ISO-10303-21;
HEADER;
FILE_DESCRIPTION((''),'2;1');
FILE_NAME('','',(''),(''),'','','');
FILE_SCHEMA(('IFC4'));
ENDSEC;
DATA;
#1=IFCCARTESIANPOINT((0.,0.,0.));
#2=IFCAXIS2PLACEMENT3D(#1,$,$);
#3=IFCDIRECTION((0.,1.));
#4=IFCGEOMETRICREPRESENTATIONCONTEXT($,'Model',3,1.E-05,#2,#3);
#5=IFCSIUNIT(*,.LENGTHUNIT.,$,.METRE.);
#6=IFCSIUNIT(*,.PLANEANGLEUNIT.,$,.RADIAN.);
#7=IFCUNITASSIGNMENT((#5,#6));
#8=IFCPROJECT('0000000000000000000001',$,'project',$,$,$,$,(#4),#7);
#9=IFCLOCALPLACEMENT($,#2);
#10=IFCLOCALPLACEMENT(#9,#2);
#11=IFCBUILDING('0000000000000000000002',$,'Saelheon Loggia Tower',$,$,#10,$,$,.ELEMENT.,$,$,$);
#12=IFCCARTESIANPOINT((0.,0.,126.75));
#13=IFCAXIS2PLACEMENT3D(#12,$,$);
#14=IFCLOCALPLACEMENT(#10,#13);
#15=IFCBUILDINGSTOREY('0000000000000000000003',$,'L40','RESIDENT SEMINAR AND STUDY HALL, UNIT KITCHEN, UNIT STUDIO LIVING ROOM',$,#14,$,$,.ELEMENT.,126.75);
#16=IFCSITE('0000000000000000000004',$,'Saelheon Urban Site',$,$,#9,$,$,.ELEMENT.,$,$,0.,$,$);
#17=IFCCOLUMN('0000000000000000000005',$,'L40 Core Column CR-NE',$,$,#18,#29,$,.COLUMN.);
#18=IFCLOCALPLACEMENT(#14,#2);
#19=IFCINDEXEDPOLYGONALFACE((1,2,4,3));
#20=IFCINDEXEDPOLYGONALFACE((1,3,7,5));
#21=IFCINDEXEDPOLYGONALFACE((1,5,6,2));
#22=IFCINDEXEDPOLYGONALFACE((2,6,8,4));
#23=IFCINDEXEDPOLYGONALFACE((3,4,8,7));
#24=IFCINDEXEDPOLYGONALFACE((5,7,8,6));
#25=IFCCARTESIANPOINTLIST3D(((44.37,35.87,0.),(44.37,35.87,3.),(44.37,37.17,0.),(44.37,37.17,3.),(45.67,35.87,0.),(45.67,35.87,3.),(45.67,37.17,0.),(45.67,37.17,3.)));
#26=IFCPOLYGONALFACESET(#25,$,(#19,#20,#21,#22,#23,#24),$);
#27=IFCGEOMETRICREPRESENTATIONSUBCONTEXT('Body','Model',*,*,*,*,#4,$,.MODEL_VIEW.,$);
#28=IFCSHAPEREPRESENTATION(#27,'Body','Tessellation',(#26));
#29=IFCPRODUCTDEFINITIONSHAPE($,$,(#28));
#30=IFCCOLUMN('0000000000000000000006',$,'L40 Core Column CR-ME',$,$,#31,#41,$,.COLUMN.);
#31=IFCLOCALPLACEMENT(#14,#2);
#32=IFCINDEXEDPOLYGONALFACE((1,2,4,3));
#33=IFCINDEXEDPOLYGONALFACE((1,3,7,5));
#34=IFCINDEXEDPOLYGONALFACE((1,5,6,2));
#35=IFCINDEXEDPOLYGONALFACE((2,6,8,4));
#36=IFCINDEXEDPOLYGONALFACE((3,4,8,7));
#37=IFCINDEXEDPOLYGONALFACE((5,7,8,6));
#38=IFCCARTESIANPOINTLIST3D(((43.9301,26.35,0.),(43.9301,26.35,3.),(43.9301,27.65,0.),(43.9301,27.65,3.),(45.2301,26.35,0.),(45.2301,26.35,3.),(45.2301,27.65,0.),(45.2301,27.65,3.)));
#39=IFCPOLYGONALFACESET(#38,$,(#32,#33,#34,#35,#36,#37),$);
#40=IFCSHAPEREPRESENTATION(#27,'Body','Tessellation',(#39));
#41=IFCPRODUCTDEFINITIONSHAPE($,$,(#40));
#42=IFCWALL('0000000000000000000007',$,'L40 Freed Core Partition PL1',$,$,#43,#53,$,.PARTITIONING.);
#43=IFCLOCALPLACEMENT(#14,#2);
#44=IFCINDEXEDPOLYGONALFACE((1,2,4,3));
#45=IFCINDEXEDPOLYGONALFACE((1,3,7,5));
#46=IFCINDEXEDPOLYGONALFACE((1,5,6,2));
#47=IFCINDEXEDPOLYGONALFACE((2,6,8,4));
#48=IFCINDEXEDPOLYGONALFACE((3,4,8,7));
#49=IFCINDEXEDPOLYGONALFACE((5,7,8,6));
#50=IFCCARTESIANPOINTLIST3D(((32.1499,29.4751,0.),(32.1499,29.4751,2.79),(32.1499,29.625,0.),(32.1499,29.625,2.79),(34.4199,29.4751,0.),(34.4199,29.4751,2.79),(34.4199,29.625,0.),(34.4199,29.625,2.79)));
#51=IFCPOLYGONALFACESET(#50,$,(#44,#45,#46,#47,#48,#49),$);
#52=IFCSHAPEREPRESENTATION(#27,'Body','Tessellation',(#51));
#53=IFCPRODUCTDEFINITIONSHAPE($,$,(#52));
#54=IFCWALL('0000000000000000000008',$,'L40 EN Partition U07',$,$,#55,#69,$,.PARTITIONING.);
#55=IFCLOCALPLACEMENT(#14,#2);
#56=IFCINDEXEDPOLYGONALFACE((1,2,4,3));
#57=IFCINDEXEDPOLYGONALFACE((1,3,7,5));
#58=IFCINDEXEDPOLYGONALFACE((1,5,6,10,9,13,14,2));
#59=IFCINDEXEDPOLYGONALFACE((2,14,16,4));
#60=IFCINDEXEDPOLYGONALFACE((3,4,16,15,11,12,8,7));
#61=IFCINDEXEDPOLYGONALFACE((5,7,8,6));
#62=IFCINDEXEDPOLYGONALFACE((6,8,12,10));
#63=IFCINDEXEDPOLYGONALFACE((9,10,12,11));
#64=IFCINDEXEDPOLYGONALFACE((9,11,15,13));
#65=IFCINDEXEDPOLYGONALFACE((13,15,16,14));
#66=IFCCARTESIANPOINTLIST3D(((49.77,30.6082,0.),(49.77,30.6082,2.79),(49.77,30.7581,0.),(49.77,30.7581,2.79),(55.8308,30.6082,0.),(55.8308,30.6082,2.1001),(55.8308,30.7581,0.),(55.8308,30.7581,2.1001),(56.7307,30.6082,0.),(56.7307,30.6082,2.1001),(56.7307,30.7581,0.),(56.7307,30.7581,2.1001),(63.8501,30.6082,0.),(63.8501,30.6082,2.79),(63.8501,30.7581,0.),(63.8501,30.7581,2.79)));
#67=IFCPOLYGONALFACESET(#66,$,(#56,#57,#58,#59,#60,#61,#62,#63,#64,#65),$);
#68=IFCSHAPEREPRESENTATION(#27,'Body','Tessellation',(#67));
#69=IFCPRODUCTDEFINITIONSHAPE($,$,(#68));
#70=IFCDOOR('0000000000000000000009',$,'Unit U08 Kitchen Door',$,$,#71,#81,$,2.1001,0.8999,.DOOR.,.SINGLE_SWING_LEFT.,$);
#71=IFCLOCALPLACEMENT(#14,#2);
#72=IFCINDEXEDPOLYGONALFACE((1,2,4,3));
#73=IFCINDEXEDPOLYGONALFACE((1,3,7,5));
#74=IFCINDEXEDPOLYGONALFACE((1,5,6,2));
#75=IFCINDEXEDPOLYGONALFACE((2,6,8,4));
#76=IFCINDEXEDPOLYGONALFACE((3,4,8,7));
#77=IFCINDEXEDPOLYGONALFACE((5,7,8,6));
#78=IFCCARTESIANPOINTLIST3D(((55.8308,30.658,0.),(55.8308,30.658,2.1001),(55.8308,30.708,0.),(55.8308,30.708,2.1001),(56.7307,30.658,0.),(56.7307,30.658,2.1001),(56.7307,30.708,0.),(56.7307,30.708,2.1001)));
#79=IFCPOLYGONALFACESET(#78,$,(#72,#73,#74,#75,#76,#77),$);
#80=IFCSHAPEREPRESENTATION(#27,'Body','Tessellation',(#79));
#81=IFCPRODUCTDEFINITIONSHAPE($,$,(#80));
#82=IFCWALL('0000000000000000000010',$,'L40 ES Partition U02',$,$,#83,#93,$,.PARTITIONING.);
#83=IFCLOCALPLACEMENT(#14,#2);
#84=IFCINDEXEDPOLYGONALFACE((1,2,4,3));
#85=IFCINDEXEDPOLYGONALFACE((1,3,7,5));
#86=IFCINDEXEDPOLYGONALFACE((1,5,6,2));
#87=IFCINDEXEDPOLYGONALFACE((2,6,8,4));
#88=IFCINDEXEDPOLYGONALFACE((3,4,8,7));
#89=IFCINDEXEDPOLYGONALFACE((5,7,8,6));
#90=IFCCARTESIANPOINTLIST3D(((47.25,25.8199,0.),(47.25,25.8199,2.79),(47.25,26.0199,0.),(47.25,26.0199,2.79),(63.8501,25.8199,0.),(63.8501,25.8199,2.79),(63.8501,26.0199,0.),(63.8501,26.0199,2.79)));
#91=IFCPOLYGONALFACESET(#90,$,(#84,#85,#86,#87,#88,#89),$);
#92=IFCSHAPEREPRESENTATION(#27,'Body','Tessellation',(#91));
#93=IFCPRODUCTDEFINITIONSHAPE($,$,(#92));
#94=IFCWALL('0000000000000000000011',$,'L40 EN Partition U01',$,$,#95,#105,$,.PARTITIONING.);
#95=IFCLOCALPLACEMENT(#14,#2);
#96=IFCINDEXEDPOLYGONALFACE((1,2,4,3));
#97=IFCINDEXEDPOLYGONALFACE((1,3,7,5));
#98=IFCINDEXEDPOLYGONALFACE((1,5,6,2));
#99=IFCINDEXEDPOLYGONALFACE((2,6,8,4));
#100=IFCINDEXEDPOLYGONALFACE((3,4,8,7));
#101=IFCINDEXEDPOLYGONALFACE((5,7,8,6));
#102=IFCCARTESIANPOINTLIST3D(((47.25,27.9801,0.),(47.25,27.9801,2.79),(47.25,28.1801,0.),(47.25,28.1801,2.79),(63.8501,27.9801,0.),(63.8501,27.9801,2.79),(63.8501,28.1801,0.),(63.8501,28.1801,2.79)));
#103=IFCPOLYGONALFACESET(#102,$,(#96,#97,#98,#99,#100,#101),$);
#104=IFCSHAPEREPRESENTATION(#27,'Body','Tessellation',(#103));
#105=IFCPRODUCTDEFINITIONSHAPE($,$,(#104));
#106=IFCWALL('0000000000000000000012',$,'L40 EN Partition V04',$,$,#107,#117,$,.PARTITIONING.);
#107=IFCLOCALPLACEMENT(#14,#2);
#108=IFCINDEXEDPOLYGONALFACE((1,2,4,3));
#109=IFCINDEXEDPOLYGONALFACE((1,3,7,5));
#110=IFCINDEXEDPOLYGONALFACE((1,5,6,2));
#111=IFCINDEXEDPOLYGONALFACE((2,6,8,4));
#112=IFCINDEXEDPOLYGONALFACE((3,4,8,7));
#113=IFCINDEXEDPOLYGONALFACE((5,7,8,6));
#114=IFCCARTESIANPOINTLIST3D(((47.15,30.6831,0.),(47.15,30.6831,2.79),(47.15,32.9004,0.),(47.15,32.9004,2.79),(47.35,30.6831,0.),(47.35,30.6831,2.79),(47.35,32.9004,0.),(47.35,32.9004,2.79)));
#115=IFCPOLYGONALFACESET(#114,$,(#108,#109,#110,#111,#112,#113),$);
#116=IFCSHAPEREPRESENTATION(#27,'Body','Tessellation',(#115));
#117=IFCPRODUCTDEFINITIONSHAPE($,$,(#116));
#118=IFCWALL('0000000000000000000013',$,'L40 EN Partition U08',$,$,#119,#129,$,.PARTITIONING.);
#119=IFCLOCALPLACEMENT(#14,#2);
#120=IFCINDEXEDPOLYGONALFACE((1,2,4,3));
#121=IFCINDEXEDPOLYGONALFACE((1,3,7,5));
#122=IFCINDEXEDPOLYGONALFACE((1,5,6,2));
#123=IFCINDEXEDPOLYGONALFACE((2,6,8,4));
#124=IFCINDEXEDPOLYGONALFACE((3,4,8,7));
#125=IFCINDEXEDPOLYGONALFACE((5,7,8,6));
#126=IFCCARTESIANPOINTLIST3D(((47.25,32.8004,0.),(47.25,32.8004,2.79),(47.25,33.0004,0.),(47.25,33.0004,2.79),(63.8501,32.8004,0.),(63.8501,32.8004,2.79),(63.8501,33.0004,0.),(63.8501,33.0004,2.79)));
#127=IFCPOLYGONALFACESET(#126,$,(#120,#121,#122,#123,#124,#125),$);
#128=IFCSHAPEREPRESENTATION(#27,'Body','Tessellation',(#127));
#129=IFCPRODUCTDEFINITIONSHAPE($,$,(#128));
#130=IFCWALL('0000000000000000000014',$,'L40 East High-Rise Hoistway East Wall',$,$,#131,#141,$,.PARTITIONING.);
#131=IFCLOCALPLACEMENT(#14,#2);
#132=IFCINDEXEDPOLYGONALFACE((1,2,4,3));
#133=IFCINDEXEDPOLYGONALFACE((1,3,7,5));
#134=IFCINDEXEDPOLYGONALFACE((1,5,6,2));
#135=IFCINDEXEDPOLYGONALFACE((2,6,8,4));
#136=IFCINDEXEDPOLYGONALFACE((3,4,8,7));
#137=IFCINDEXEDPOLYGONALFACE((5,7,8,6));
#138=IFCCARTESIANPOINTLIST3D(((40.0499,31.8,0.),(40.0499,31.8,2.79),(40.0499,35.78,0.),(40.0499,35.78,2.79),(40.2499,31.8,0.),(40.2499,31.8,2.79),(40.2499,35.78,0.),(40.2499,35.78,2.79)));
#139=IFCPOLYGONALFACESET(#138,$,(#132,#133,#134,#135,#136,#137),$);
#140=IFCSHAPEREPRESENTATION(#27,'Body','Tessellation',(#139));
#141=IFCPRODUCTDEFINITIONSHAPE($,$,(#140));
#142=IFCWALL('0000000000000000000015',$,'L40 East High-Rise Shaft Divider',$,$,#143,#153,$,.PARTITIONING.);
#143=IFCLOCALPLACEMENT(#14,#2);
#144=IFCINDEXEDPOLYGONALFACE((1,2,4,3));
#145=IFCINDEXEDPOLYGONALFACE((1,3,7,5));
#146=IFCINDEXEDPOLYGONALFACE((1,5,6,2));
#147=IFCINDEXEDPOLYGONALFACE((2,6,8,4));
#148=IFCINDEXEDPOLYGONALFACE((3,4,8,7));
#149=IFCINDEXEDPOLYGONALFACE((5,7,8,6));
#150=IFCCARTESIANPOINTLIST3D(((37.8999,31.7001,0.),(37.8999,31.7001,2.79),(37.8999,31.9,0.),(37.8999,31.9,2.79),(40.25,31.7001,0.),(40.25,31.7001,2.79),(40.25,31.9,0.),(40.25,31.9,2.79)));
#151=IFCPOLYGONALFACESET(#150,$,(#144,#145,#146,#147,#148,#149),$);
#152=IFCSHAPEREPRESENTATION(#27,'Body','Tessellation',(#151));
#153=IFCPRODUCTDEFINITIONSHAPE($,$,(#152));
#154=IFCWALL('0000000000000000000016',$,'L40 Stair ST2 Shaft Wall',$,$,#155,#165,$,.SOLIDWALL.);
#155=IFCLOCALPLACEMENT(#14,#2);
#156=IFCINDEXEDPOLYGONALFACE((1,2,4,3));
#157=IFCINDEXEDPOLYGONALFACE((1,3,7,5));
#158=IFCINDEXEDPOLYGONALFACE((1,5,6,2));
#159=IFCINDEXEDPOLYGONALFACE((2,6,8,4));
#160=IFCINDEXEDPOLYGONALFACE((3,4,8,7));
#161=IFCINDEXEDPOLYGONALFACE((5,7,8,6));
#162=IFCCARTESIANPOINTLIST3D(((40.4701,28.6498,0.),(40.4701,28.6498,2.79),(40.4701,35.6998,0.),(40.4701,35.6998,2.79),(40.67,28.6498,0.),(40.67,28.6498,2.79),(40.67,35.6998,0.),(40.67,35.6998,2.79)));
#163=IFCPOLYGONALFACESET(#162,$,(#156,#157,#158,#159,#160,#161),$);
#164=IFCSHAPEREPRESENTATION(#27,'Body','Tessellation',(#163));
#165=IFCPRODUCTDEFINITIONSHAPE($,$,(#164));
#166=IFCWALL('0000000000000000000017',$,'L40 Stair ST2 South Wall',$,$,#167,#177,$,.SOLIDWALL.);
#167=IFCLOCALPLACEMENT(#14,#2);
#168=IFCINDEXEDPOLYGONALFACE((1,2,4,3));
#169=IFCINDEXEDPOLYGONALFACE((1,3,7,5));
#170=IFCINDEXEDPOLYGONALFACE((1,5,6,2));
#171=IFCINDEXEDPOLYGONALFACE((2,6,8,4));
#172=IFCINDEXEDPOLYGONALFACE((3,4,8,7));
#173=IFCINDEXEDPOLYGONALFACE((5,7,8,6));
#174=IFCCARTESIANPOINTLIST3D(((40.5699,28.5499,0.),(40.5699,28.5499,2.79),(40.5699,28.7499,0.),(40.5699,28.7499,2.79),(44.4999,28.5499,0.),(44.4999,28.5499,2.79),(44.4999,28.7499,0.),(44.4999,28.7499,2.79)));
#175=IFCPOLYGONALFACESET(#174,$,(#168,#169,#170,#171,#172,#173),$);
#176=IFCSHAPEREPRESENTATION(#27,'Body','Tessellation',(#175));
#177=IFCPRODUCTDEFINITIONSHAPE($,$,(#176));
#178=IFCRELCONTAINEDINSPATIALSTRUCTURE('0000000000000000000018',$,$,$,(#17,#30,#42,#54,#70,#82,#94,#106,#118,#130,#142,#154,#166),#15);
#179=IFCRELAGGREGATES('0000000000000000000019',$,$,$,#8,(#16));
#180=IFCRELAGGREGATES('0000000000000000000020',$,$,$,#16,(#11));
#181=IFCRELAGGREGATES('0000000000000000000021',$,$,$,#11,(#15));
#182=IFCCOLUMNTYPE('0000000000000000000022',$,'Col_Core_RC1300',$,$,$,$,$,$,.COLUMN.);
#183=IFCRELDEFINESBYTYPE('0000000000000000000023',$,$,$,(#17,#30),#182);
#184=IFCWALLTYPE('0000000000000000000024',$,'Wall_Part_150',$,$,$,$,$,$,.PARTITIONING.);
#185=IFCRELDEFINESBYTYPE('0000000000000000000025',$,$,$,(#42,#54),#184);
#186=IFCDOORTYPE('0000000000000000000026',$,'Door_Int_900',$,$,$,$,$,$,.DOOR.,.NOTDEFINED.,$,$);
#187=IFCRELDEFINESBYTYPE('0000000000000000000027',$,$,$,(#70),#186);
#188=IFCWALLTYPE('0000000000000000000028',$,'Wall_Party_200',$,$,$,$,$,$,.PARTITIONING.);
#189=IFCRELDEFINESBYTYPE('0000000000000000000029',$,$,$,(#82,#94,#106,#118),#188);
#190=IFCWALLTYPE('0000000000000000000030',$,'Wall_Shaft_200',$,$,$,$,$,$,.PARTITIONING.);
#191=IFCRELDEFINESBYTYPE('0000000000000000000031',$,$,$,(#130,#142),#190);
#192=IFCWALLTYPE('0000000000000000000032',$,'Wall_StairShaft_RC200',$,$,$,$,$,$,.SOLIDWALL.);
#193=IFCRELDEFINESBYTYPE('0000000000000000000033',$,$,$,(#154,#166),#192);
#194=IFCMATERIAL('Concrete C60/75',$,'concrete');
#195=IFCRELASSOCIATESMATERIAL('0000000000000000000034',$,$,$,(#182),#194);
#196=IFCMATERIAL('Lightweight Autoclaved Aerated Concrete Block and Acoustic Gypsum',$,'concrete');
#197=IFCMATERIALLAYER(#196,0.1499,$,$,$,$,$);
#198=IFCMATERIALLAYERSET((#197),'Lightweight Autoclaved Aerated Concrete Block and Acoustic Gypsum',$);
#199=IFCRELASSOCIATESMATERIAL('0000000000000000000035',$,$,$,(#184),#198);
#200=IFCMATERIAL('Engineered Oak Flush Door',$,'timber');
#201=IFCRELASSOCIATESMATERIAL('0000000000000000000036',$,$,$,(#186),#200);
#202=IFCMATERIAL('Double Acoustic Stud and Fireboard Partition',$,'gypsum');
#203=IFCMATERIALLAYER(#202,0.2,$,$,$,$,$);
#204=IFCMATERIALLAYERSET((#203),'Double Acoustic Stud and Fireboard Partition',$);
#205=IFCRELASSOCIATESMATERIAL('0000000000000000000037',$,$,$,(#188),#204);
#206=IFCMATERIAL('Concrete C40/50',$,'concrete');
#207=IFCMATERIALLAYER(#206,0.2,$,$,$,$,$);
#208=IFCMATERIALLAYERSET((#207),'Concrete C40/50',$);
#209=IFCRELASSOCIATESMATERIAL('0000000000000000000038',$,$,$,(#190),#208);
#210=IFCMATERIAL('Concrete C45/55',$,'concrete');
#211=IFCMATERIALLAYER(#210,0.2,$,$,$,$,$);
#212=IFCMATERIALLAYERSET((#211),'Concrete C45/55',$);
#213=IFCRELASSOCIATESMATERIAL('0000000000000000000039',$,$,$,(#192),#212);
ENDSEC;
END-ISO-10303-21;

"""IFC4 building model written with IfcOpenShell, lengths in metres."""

from ifc_helpers import new_model, si_unit, direction, frame, frame_2d, origin, origin_2d, place, context, subcontext, project, spatial, rectangle, extrude, source, transform, mapped, material, layer, layer_set, material_profile, profile_set, type_object, element, fill, save


model = new_model("IFC4")

# Units and contexts
model_context = context("Model", 3, precision=1e-05, world=origin(), true_north=direction((0.0, 1.0)))
body_context = subcontext(model_context, "Body", "Model", "MODEL_VIEW")
ifc_project = project(units=[si_unit("LENGTHUNIT", "METRE"), si_unit("PLANEANGLEUNIT", "RADIAN")], contexts=[model_context])

# Site, building, storey
site_placement = place(None, origin())
site = spatial("IfcSite", under=ifc_project, at=site_placement, Name="Saelheon Urban Site", CompositionType="ELEMENT", RefElevation=0.0)
building_placement = place(site_placement, origin())
building = spatial("IfcBuilding", under=site, at=building_placement, Name="Saelheon Loggia Tower", CompositionType="ELEMENT")
storey_placement = place(building_placement, frame((0.0, 0.0, 126.75)))
storey = spatial("IfcBuildingStorey", under=building, at=storey_placement, Name="L40", Description="RESIDENT SEMINAR AND STUDY HALL, UNIT KITCHEN, UNIT STUDIO LIVING ROOM", CompositionType="ELEMENT", Elevation=126.75)

# Columns
ifc_material_1 = material(Name="Concrete C60/75", Category="concrete")
ifc_material_profile = material_profile(ifc_material_1, rectangle(XDim=1.3, YDim=1.3, at=origin_2d()), Name="RC-1300x1300")
ifc_profile_set = profile_set([ifc_material_profile], Name="Concrete C60/75")
column_type = type_object("IfcColumnType", Name="Col_Core_RC1300", PredefinedType="COLUMN", material=ifc_profile_set)
shared_shape_1 = source(origin(), body_context, "Body", "SweptSolid", [
    extrude(rectangle(XDim=1.3, YDim=1.3, at=origin_2d()), origin(), (0.0, 0.0, 1.0), 3.0),
])
for number, where, z_axis, x_axis, name in (
    (1, (45.02, 36.52, 0.0), (0.0, 0.0, 1.0), (1.0, 0.0, 0.0), "L40 Core Column CR-NE"),
    (2, (44.5801, 27.0, 0.0), (0.0, 0.0, 1.0), (1.0, 0.0, 0.0), "L40 Core Column CR-ME"),
):
    element("IfcColumn", number, at=place(storey_placement, frame(where, z_axis=z_axis, x_axis=x_axis)), inside=storey, type_object=column_type, Name=name, PredefinedType="COLUMN", context=body_context, shape_type="MappedRepresentation", body=[
        mapped(shared_shape_1, transform((0.0, 0.0, 0.0), scale=1.0)),
    ])

# Wall
ifc_material_2 = material(Name="Lightweight Autoclaved Aerated Concrete Block and Acoustic Gypsum", Category="concrete")
ifc_layer_1 = layer(ifc_material_2, 0.1499)
ifc_layer_set_1 = layer_set([ifc_layer_1], Name="Lightweight Autoclaved Aerated Concrete Block and Acoustic Gypsum")
wall_type_1 = type_object("IfcWallType", Name="Wall_Part_150", PredefinedType="PARTITIONING", material=ifc_layer_set_1)
wall_1_placement = place(storey_placement, frame((32.1499, 29.55, 0.0), z_axis=(0.0, 0.0, 1.0), x_axis=(1.0, 0.0, 0.0)))
element("IfcWall", 3, at=wall_1_placement, inside=storey, type_object=wall_type_1, Name="L40 Freed Core Partition PL1", PredefinedType="PARTITIONING", context=body_context, shape_type="SweptSolid", body=[
    extrude(rectangle(XDim=2.27, YDim=0.1499, at=frame_2d((1.135, 0.0))), origin(), (0.0, 0.0, 1.0), 2.79),
])

# Wall, opening, door
wall_2_placement = place(storey_placement, frame((49.77, 30.6831, 0.0), z_axis=(0.0, 0.0, 1.0), x_axis=(1.0, 0.0, 0.0)))
wall_2 = element("IfcWall", 4, at=wall_2_placement, inside=storey, type_object=wall_type_1, Name="L40 EN Partition U07", PredefinedType="PARTITIONING", context=body_context, shape_type="SweptSolid", body=[
    extrude(rectangle(XDim=14.0801, YDim=0.1499, at=frame_2d((7.04, 0.0))), origin(), (0.0, 0.0, 1.0), 2.79),
])
opening_1_placement = place(wall_2_placement, frame((6.0608, 0.0, 0.0)))
opening_1 = element("IfcOpeningElement", 5, at=opening_1_placement, cuts=wall_2, PredefinedType="OPENING", context=body_context, shape_type="SweptSolid", body=[
    extrude(rectangle(XDim=0.8999, YDim=2.1001, at=frame_2d((0.45, 1.05))), frame((0.0, 0.0869, 0.0), z_axis=(0.0, -1.0, 0.0), x_axis=(1.0, 0.0, 0.0)), (0.0, 0.0, 1.0), 0.1738),
])
ifc_material_3 = material(Name="Engineered Oak Flush Door", Category="timber")
door_type_1 = type_object("IfcDoorType", Name="Door_Int_900", OperationType="NOTDEFINED", PredefinedType="DOOR", material=ifc_material_3)
shared_shape_2 = source(origin(), body_context, "Body", "SweptSolid", [
    extrude(rectangle(XDim=0.8999, YDim=2.1001, at=frame_2d((0.45, 1.05))), frame((0.0, 0.0249, 0.0), z_axis=(0.0, -1.0, 0.0), x_axis=(1.0, 0.0, 0.0)), (0.0, 0.0, 1.0), 0.05),
])
door_1_placement = place(opening_1_placement, origin())
door_1 = element("IfcDoor", 6, at=door_1_placement, inside=storey, type_object=door_type_1, Name="Unit U08 Kitchen Door", OperationType="SINGLE_SWING_LEFT", OverallHeight=2.1001, OverallWidth=0.8999, PredefinedType="DOOR", context=body_context, shape_type="MappedRepresentation", body=[
    mapped(shared_shape_2, transform((0.0, 0.0, 0.0), scale=1.0)),
])
fill(opening_1, door_1)

# Walls
ifc_material_4 = material(Name="Double Acoustic Stud and Fireboard Partition", Category="gypsum")
ifc_layer_2 = layer(ifc_material_4, 0.2)
ifc_layer_set_2 = layer_set([ifc_layer_2], Name="Double Acoustic Stud and Fireboard Partition")
wall_type_2 = type_object("IfcWallType", Name="Wall_Party_200", PredefinedType="PARTITIONING", material=ifc_layer_set_2)
for number, where, z_axis, x_axis, name in (
    (7, (47.25, 25.9199, 0.0), (0.0, 0.0, 1.0), (1.0, 0.0, 0.0), "L40 ES Partition U02"),
    (8, (47.25, 28.0801, 0.0), (0.0, 0.0, 1.0), (1.0, 0.0, 0.0), "L40 EN Partition U01"),
):
    element("IfcWall", number, at=place(storey_placement, frame(where, z_axis=z_axis, x_axis=x_axis)), inside=storey, type_object=wall_type_2, Name=name, PredefinedType="PARTITIONING", context=body_context, shape_type="SweptSolid", body=[
        extrude(rectangle(XDim=16.6001, YDim=0.2, at=frame_2d((8.3, 0.0))), origin(), (0.0, 0.0, 1.0), 2.79),
    ])

# Walls
wall_3_placement = place(storey_placement, frame((47.25, 30.6831, 0.0), z_axis=(0.0, 0.0, 1.0), x_axis=(0.0, 1.0, 0.0)))
element("IfcWall", 9, at=wall_3_placement, inside=storey, type_object=wall_type_2, Name="L40 EN Partition V04", PredefinedType="PARTITIONING", context=body_context, shape_type="SweptSolid", body=[
    extrude(rectangle(XDim=2.2173, YDim=0.2, at=frame_2d((1.1086, 0.0))), origin(), (0.0, 0.0, 1.0), 2.79),
])
wall_4_placement = place(storey_placement, frame((47.25, 32.9004, 0.0), z_axis=(0.0, 0.0, 1.0), x_axis=(1.0, 0.0, 0.0)))
element("IfcWall", 10, at=wall_4_placement, inside=storey, type_object=wall_type_2, Name="L40 EN Partition U08", PredefinedType="PARTITIONING", context=body_context, shape_type="SweptSolid", body=[
    extrude(rectangle(XDim=16.6001, YDim=0.2, at=frame_2d((8.3, 0.0))), origin(), (0.0, 0.0, 1.0), 2.79),
])
ifc_material_5 = material(Name="Concrete C40/50", Category="concrete")
ifc_layer_3 = layer(ifc_material_5, 0.2)
ifc_layer_set_3 = layer_set([ifc_layer_3], Name="Concrete C40/50")
wall_type_3 = type_object("IfcWallType", Name="Wall_Shaft_200", PredefinedType="PARTITIONING", material=ifc_layer_set_3)
wall_5_placement = place(storey_placement, frame((40.1499, 31.8, 0.0), z_axis=(0.0, 0.0, 1.0), x_axis=(0.0, 1.0, 0.0)))
element("IfcWall", 11, at=wall_5_placement, inside=storey, type_object=wall_type_3, Name="L40 East High-Rise Hoistway East Wall", PredefinedType="PARTITIONING", context=body_context, shape_type="SweptSolid", body=[
    extrude(rectangle(XDim=3.98, YDim=0.2, at=frame_2d((1.99, 0.0))), origin(), (0.0, 0.0, 1.0), 2.79),
])
wall_6_placement = place(storey_placement, frame((37.8999, 31.8, 0.0), z_axis=(0.0, 0.0, 1.0), x_axis=(1.0, 0.0, 0.0)))
element("IfcWall", 12, at=wall_6_placement, inside=storey, type_object=wall_type_3, Name="L40 East High-Rise Shaft Divider", PredefinedType="PARTITIONING", context=body_context, shape_type="SweptSolid", body=[
    extrude(rectangle(XDim=2.3501, YDim=0.2, at=frame_2d((1.175, 0.0))), origin(), (0.0, 0.0, 1.0), 2.79),
])
ifc_material_6 = material(Name="Concrete C45/55", Category="concrete")
ifc_layer_4 = layer(ifc_material_6, 0.2)
ifc_layer_set_4 = layer_set([ifc_layer_4], Name="Concrete C45/55")
wall_type_4 = type_object("IfcWallType", Name="Wall_StairShaft_RC200", PredefinedType="SOLIDWALL", material=ifc_layer_set_4)
wall_7_placement = place(storey_placement, frame((40.5701, 28.6499, 0.0), z_axis=(0.0, 0.0, 1.0), x_axis=(0.0, 1.0, 0.0)))
element("IfcWall", 13, at=wall_7_placement, inside=storey, type_object=wall_type_4, Name="L40 Stair ST2 Shaft Wall", PredefinedType="SOLIDWALL", context=body_context, shape_type="SweptSolid", body=[
    extrude(rectangle(XDim=7.05, YDim=0.2, at=frame_2d((3.5249, 0.0))), origin(), (0.0, 0.0, 1.0), 2.79),
])
wall_8_placement = place(storey_placement, frame((40.5701, 28.6499, 0.0), z_axis=(0.0, 0.0, 1.0), x_axis=(1.0, 0.0, 0.0)))
element("IfcWall", 14, at=wall_8_placement, inside=storey, type_object=wall_type_4, Name="L40 Stair ST2 South Wall", PredefinedType="SOLIDWALL", context=body_context, shape_type="SweptSolid", body=[
    extrude(rectangle(XDim=3.9299, YDim=0.2, at=frame_2d((1.9648, 0.0))), origin(), (0.0, 0.0, 1.0), 2.79),
])

save(model, "model.ifc")
